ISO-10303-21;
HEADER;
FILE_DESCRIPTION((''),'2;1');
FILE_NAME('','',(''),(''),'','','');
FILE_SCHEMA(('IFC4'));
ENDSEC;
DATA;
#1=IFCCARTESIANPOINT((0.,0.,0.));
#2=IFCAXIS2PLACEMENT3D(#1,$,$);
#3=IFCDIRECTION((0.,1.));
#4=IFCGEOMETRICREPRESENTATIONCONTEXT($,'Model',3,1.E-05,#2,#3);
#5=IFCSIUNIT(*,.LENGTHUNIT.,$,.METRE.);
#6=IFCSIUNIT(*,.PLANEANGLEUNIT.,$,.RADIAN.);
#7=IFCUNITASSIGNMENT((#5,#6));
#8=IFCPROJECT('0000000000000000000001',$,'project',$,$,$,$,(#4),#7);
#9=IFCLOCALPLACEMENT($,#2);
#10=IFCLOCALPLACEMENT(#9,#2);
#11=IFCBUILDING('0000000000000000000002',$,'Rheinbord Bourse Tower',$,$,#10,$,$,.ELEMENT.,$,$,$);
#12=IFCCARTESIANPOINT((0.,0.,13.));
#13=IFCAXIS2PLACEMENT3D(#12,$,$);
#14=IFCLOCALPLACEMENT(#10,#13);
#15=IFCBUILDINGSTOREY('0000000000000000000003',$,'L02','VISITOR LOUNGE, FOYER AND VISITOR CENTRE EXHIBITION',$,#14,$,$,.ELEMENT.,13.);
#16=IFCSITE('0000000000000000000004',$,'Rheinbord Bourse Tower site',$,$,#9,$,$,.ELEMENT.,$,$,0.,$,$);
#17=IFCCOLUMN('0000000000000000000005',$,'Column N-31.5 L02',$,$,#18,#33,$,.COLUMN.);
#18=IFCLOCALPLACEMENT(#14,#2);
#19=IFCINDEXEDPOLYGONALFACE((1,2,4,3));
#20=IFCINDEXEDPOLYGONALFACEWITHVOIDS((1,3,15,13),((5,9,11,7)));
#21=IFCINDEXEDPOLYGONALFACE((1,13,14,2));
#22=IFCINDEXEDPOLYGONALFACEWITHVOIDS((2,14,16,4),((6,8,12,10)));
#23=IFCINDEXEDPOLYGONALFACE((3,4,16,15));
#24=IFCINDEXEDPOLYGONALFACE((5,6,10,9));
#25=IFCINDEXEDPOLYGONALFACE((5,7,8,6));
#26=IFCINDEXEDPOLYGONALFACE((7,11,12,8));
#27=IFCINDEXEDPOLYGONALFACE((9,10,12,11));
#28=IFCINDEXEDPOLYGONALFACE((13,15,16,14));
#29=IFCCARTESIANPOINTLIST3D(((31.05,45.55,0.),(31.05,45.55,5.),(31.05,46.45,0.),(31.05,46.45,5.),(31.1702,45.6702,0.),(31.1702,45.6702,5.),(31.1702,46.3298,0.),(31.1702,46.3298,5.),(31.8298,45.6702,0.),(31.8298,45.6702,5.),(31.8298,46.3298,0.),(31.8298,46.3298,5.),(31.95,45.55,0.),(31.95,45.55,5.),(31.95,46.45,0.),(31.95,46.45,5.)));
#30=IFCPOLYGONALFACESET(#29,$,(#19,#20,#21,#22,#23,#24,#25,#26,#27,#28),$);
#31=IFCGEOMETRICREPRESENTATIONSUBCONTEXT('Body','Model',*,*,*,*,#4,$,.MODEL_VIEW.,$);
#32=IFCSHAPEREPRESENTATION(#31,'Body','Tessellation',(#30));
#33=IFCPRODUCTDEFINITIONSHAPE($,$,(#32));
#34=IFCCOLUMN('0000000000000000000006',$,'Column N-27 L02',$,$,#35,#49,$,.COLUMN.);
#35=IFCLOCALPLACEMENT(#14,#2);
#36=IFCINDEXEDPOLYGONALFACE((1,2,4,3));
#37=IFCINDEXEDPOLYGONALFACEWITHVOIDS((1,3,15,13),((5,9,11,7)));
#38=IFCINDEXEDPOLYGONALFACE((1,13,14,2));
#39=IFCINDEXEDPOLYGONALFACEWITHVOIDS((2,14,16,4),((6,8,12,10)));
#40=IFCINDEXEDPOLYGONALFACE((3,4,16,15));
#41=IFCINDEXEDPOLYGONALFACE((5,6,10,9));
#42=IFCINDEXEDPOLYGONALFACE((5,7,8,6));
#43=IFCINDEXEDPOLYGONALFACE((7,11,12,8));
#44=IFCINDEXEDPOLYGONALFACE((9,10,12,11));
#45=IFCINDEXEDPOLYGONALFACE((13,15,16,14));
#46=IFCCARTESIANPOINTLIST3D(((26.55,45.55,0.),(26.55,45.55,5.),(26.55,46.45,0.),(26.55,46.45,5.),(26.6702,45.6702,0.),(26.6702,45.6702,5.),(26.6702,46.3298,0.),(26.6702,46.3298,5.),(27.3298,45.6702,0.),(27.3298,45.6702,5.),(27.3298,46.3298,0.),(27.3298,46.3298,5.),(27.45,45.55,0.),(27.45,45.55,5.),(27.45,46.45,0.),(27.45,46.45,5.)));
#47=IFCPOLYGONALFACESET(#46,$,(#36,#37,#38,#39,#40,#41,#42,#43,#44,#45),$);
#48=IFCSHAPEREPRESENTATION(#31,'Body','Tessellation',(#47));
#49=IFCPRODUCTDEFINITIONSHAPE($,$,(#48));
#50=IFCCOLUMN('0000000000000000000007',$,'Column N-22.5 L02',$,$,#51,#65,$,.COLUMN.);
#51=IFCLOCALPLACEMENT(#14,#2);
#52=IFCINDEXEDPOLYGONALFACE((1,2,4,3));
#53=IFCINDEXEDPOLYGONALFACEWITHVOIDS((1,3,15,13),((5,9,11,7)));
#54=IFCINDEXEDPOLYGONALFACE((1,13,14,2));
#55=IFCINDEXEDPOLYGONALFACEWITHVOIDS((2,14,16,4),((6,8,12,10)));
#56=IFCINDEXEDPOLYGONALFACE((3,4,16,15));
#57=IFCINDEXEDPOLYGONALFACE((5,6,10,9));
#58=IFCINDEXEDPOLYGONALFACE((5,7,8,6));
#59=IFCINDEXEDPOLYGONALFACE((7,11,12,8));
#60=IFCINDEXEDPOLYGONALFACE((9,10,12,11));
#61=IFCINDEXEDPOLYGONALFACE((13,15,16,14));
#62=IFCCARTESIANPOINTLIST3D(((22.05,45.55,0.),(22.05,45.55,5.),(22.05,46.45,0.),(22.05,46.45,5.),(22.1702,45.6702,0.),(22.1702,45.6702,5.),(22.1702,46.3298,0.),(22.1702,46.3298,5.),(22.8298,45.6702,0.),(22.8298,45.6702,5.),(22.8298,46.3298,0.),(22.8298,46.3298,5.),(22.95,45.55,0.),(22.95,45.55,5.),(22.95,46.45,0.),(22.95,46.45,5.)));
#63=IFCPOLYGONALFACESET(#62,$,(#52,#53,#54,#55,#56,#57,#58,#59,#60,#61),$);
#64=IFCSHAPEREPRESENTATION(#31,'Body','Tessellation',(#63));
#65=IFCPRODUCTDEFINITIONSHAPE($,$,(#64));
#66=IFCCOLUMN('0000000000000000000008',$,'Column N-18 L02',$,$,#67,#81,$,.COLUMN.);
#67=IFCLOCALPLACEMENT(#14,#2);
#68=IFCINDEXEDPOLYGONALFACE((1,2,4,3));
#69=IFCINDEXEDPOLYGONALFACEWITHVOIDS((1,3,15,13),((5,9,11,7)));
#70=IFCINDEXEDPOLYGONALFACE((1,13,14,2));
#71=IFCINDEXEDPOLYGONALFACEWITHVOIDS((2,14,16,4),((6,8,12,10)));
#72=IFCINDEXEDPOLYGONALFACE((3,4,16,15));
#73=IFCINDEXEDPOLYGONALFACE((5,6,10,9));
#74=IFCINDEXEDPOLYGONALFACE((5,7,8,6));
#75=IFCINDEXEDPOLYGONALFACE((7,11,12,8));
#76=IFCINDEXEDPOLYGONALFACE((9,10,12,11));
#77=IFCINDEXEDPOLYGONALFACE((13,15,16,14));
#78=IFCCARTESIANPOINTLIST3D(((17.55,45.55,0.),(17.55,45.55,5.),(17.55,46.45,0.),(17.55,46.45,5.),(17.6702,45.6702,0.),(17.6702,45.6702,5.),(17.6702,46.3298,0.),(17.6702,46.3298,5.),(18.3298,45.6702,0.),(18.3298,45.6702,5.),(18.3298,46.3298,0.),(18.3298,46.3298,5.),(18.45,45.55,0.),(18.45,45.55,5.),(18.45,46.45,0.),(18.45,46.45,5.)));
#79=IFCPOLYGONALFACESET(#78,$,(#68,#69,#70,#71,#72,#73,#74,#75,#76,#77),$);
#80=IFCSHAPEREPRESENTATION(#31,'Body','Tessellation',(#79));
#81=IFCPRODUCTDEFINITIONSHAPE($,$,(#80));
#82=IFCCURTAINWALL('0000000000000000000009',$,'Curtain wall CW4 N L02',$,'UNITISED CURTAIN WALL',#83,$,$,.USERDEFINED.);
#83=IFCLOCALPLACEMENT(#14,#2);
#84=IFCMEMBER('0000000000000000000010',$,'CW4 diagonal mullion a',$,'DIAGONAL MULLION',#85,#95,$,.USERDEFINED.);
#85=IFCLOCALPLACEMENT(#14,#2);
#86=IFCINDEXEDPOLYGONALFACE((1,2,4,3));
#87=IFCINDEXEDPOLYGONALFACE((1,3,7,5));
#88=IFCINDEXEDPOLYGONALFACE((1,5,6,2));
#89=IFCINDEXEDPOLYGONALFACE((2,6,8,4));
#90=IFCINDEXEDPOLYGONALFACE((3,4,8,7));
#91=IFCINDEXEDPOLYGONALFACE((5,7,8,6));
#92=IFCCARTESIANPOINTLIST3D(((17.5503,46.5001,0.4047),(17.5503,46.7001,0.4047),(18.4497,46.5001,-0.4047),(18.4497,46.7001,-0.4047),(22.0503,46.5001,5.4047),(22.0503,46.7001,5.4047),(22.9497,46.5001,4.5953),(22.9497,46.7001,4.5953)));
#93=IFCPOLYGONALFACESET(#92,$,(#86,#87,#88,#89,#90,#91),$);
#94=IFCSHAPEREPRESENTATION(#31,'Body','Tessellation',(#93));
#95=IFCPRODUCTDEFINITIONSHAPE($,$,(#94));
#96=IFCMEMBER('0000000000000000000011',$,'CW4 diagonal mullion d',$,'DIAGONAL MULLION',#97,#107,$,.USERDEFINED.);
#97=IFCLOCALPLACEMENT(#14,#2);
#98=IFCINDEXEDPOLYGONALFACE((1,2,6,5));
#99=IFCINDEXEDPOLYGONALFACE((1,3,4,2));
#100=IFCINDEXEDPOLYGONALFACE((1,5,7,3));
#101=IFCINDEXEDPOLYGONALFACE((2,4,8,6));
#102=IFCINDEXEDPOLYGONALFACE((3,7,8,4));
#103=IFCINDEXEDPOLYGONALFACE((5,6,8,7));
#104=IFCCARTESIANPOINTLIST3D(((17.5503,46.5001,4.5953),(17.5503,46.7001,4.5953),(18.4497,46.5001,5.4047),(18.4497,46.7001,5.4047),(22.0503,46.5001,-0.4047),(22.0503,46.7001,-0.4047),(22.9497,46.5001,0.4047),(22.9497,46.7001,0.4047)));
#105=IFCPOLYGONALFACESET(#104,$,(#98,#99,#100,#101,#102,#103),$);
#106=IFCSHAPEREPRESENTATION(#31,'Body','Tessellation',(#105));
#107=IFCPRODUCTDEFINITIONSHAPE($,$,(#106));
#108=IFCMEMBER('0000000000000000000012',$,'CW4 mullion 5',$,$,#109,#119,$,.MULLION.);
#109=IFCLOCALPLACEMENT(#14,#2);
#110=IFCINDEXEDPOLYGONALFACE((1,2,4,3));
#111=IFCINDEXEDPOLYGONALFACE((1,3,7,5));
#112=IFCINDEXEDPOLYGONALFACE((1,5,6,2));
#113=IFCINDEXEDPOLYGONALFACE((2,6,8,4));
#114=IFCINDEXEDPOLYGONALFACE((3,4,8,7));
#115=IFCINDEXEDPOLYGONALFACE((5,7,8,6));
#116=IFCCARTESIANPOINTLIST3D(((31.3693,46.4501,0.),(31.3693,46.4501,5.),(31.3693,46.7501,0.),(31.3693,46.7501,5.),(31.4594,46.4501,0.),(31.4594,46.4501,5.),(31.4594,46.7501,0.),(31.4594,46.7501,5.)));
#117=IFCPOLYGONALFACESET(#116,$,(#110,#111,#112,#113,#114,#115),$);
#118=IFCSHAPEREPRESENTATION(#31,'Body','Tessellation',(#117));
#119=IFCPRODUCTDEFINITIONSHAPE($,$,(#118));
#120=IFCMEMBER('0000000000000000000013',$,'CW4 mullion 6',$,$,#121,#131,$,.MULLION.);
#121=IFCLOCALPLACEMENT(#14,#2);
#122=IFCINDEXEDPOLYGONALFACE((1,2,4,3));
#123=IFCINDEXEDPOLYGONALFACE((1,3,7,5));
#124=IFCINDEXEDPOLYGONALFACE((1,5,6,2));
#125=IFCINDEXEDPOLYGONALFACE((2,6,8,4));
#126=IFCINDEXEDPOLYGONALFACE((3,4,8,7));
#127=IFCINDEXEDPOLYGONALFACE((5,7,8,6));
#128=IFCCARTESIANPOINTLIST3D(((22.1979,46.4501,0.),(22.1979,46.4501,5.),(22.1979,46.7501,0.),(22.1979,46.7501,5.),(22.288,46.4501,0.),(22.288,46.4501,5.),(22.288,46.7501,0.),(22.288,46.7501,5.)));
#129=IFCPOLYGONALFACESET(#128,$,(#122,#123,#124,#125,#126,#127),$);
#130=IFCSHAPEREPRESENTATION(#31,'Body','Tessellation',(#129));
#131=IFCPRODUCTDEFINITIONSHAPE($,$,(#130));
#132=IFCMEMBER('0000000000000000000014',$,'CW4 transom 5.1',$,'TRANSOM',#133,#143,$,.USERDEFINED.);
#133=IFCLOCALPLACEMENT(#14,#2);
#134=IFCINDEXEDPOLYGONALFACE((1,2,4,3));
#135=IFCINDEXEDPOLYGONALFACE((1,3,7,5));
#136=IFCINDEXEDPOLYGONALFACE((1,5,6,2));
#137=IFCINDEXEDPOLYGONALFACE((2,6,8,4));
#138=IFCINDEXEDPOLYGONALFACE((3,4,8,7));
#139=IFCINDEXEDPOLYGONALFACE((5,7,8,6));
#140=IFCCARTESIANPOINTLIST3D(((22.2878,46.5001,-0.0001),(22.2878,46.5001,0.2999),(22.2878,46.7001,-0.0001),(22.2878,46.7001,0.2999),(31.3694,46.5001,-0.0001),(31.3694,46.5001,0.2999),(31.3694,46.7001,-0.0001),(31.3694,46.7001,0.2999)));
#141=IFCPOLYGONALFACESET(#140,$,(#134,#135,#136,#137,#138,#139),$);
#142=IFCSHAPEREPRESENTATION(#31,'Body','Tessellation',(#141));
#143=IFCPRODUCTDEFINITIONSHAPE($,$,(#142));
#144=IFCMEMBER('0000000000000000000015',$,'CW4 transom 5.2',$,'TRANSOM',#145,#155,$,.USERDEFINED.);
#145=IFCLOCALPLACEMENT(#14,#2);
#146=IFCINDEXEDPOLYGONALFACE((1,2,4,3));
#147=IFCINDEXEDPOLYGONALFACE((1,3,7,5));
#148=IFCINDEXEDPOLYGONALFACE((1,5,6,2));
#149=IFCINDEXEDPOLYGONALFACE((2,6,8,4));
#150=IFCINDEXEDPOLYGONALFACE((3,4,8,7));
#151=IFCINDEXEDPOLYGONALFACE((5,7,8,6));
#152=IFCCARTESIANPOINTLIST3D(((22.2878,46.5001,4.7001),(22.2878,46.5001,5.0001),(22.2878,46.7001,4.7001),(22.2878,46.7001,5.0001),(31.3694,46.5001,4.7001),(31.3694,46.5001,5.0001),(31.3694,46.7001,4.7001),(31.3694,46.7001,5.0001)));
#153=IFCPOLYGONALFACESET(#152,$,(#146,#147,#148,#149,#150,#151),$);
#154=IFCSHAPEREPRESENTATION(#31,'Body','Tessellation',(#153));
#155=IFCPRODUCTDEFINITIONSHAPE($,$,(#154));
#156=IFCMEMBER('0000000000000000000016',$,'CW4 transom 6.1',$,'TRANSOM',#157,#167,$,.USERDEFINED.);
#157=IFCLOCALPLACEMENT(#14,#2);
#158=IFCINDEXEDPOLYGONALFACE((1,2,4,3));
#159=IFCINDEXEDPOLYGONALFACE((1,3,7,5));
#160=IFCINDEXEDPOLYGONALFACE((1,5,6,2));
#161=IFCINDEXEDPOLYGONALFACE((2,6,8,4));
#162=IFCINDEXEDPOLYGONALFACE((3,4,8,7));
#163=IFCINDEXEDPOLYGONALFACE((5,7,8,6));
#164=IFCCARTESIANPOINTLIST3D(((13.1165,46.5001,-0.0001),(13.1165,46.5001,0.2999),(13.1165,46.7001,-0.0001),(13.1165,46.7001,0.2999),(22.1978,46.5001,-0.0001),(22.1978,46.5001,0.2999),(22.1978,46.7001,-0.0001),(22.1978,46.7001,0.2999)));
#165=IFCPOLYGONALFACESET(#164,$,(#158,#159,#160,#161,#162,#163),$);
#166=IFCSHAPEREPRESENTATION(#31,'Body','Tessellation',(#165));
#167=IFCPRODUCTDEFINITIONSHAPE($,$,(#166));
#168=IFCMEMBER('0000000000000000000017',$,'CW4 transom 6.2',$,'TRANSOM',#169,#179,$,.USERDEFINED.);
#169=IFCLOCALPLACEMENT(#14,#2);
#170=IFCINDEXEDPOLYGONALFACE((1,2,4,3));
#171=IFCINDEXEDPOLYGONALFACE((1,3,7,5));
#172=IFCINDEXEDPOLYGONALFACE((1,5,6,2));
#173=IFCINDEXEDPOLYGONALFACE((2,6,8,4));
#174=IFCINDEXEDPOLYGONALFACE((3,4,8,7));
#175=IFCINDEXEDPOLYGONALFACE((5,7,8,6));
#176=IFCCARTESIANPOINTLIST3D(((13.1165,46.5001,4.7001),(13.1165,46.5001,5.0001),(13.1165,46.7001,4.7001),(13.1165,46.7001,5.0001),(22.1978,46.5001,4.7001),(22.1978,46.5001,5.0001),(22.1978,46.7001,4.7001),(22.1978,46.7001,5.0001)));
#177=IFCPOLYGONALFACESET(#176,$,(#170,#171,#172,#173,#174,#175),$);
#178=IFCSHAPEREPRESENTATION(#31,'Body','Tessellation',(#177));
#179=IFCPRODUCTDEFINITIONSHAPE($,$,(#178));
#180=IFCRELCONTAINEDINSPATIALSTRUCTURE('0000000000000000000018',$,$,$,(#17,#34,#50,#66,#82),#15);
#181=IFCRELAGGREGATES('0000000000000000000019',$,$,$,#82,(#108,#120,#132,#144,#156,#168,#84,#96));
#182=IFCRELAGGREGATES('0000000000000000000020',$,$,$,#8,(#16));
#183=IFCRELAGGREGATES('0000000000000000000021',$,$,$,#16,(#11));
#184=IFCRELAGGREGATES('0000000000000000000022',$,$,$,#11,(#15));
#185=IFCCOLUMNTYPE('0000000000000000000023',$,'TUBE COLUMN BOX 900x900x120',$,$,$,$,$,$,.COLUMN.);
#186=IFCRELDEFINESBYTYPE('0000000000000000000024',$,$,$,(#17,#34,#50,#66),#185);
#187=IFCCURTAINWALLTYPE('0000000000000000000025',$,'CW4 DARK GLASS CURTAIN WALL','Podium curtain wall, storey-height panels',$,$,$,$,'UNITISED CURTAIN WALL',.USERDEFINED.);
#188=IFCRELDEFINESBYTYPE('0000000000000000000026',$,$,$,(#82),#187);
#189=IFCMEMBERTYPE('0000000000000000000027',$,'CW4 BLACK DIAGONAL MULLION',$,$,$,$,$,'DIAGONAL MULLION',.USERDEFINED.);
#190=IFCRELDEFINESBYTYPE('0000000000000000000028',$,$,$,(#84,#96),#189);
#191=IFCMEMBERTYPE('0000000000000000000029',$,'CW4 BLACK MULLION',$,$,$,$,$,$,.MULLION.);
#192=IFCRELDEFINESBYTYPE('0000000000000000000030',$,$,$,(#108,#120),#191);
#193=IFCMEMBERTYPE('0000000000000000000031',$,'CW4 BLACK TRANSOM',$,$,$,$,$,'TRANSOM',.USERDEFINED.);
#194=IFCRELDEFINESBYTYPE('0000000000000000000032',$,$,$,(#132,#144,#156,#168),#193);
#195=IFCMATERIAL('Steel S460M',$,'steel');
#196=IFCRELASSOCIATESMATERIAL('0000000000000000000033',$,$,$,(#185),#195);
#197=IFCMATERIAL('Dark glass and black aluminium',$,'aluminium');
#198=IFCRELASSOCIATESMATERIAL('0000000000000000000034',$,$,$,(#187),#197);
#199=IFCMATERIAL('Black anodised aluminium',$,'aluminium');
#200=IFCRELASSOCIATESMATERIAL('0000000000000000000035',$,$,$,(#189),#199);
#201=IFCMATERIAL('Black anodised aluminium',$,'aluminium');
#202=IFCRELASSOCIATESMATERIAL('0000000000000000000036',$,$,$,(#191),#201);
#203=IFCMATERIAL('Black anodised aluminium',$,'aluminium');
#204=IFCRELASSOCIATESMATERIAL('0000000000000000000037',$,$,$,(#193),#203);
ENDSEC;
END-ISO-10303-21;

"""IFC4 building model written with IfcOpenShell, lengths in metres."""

from ifc_helpers import new_model, si_unit, direction, frame, origin, origin_2d, place, context, subcontext, project, spatial, rectangle, hollow_rectangle, extrude, material, material_profile, profile_set, type_object, element, aggregate, save


model = new_model("IFC4")

# Units and contexts
model_context = context("Model", 3, precision=1e-05, world=origin(), true_north=direction((0.0, 1.0)))
body_context = subcontext(model_context, "Body", "Model", "MODEL_VIEW")
ifc_project = project(units=[si_unit("LENGTHUNIT", "METRE"), si_unit("PLANEANGLEUNIT", "RADIAN")], contexts=[model_context])

# Site, building, storey
site_placement = place(None, origin())
site = spatial("IfcSite", under=ifc_project, at=site_placement, Name="Rheinbord Bourse Tower site", CompositionType="ELEMENT", RefElevation=0.0)
building_placement = place(site_placement, origin())
building = spatial("IfcBuilding", under=site, at=building_placement, Name="Rheinbord Bourse Tower", CompositionType="ELEMENT")
storey_placement = place(building_placement, frame((0.0, 0.0, 13.0)))
storey = spatial("IfcBuildingStorey", under=building, at=storey_placement, Name="L02", Description="VISITOR LOUNGE, FOYER AND VISITOR CENTRE EXHIBITION", CompositionType="ELEMENT", Elevation=13.0)

# Columns
ifc_material_1 = material(Name="Steel S460M", Category="steel")
ifc_material_profile_1 = material_profile(ifc_material_1, hollow_rectangle(XDim=0.8999, YDim=0.8999, WallThickness=0.1201, at=origin_2d()), Name="BOX 900x900x120")
ifc_profile_set_1 = profile_set([ifc_material_profile_1], Name="Steel S460M")
column_type = type_object("IfcColumnType", Name="TUBE COLUMN BOX 900x900x120", PredefinedType="COLUMN", material=ifc_profile_set_1)
for number, where, z_axis, x_axis, name in (
    (1, (31.5, 46.0, 0.0), (0.0, 0.0, 1.0), (0.0, 1.0, 0.0), "Column N-31.5 L02"),
    (2, (27.0, 46.0, 0.0), (0.0, 0.0, 1.0), (0.0, 1.0, 0.0), "Column N-27 L02"),
    (3, (22.5, 46.0, 0.0), (0.0, 0.0, 1.0), (0.0, 1.0, 0.0), "Column N-22.5 L02"),
    (4, (18.0, 46.0, 0.0), (0.0, 0.0, 1.0), (0.0, 1.0, 0.0), "Column N-18 L02"),
):
    element("IfcColumn", number, at=place(storey_placement, frame(where, z_axis=z_axis, x_axis=x_axis)), inside=storey, type_object=column_type, Name=name, PredefinedType="COLUMN", context=body_context, shape_type="SweptSolid", body=[
        extrude(hollow_rectangle(XDim=0.8999, YDim=0.8999, WallThickness=0.1201, at=origin_2d()), origin(), (0.0, 0.0, 1.0), 5.0),
    ])

# Curtain wall, members
ifc_material_2 = material(Name="Dark glass and black aluminium", Category="aluminium")
curtain_wall_type = type_object("IfcCurtainWallType", Name="CW4 DARK GLASS CURTAIN WALL", Description="Podium curtain wall, storey-height panels", ElementType="UNITISED CURTAIN WALL", PredefinedType="USERDEFINED", material=ifc_material_2)
curtain_wall_placement = place(storey_placement, origin())
curtain_wall = element("IfcCurtainWall", 5, at=curtain_wall_placement, inside=storey, type_object=curtain_wall_type, Name="Curtain wall CW4 N L02", ObjectType="UNITISED CURTAIN WALL", PredefinedType="USERDEFINED")
ifc_material_3 = material(Name="Black anodised aluminium", Category="aluminium")
ifc_material_profile_2 = material_profile(ifc_material_3, rectangle(XDim=0.2, YDim=1.21, at=origin_2d()), Name="CW4 DIAGONAL MULLION 1210x200")
ifc_profile_set_2 = profile_set([ifc_material_profile_2], Name="Black anodised aluminium")
member_type_1 = type_object("IfcMemberType", Name="CW4 BLACK DIAGONAL MULLION", ElementType="DIAGONAL MULLION", PredefinedType="USERDEFINED", material=ifc_profile_set_2)
member_1_placement = place(storey_placement, frame((18.0, 46.6001, 0.0), z_axis=(0.668965, 0.0, 0.743294), x_axis=(0.0, 1.0, 0.0)))
member_1 = element("IfcMember", 6, at=member_1_placement, type_object=member_type_1, Name="CW4 diagonal mullion a", ObjectType="DIAGONAL MULLION", PredefinedType="USERDEFINED", context=body_context, shape_type="SweptSolid", body=[
    extrude(rectangle(XDim=0.2, YDim=1.21, at=origin_2d()), origin(), (0.0, 0.0, 1.0), 6.7268),
])
member_2_placement = place(storey_placement, frame((22.5, 46.6001, 0.0), z_axis=(-0.668965, 0.0, 0.743294), x_axis=(0.0, -1.0, 0.0)))
member_2 = element("IfcMember", 7, at=member_2_placement, type_object=member_type_1, Name="CW4 diagonal mullion d", ObjectType="DIAGONAL MULLION", PredefinedType="USERDEFINED", context=body_context, shape_type="SweptSolid", body=[
    extrude(rectangle(XDim=0.2, YDim=1.21, at=origin_2d()), origin(), (0.0, 0.0, 1.0), 6.7268),
])
ifc_material_4 = material(Name="Black anodised aluminium", Category="aluminium")
ifc_material_profile_3 = material_profile(ifc_material_4, rectangle(XDim=0.3, YDim=0.0901, at=origin_2d()), Name="CW4 MULLION 90x300")
ifc_profile_set_3 = profile_set([ifc_material_profile_3], Name="Black anodised aluminium")
member_type_2 = type_object("IfcMemberType", Name="CW4 BLACK MULLION", PredefinedType="MULLION", material=ifc_profile_set_3)
member_3_placement = place(storey_placement, frame((31.4143, 46.6001, 0.0), z_axis=(0.0, 0.0, 1.0), x_axis=(0.0, -1.0, 0.0)))
member_3 = element("IfcMember", 8, at=member_3_placement, type_object=member_type_2, Name="CW4 mullion 5", PredefinedType="MULLION", context=body_context, shape_type="SweptSolid", body=[
    extrude(rectangle(XDim=0.3, YDim=0.0901, at=origin_2d()), origin(), (0.0, 0.0, 1.0), 5.0),
])
member_4_placement = place(storey_placement, frame((22.2429, 46.6001, 0.0), z_axis=(0.0, 0.0, 1.0), x_axis=(0.0, -1.0, 0.0)))
member_4 = element("IfcMember", 9, at=member_4_placement, type_object=member_type_2, Name="CW4 mullion 6", PredefinedType="MULLION", context=body_context, shape_type="SweptSolid", body=[
    extrude(rectangle(XDim=0.3, YDim=0.0901, at=origin_2d()), origin(), (0.0, 0.0, 1.0), 5.0),
])
ifc_material_5 = material(Name="Black anodised aluminium", Category="aluminium")
ifc_material_profile_4 = material_profile(ifc_material_5, rectangle(XDim=0.2, YDim=0.3, at=origin_2d()), Name="CW4 TRANSOM 300x200")
ifc_profile_set_4 = profile_set([ifc_material_profile_4], Name="Black anodised aluminium")
member_type_3 = type_object("IfcMemberType", Name="CW4 BLACK TRANSOM", ElementType="TRANSOM", PredefinedType="USERDEFINED", material=ifc_profile_set_4)
member_5_placement = place(storey_placement, frame((31.3694, 46.6001, 0.1499), z_axis=(-1.0, 0.0, 0.0), x_axis=(0.0, -1.0, 0.0)))
member_5 = element("IfcMember", 10, at=member_5_placement, type_object=member_type_3, Name="CW4 transom 5.1", ObjectType="TRANSOM", PredefinedType="USERDEFINED", context=body_context, shape_type="SweptSolid", body=[
    extrude(rectangle(XDim=0.2, YDim=0.3, at=origin_2d()), origin(), (0.0, 0.0, 1.0), 9.0815),
])
member_6_placement = place(storey_placement, frame((31.3694, 46.6001, 4.8501), z_axis=(-1.0, 0.0, 0.0), x_axis=(0.0, -1.0, 0.0)))
member_6 = element("IfcMember", 11, at=member_6_placement, type_object=member_type_3, Name="CW4 transom 5.2", ObjectType="TRANSOM", PredefinedType="USERDEFINED", context=body_context, shape_type="SweptSolid", body=[
    extrude(rectangle(XDim=0.2, YDim=0.3, at=origin_2d()), origin(), (0.0, 0.0, 1.0), 9.0815),
])
member_7_placement = place(storey_placement, frame((22.1978, 46.6001, 0.1499), z_axis=(-1.0, 0.0, 0.0), x_axis=(0.0, -1.0, 0.0)))
member_7 = element("IfcMember", 12, at=member_7_placement, type_object=member_type_3, Name="CW4 transom 6.1", ObjectType="TRANSOM", PredefinedType="USERDEFINED", context=body_context, shape_type="SweptSolid", body=[
    extrude(rectangle(XDim=0.2, YDim=0.3, at=origin_2d()), origin(), (0.0, 0.0, 1.0), 9.0813),
])
member_8_placement = place(storey_placement, frame((22.1978, 46.6001, 4.8501), z_axis=(-1.0, 0.0, 0.0), x_axis=(0.0, -1.0, 0.0)))
member_8 = element("IfcMember", 13, at=member_8_placement, type_object=member_type_3, Name="CW4 transom 6.2", ObjectType="TRANSOM", PredefinedType="USERDEFINED", context=body_context, shape_type="SweptSolid", body=[
    extrude(rectangle(XDim=0.2, YDim=0.3, at=origin_2d()), origin(), (0.0, 0.0, 1.0), 9.0813),
])

aggregate(curtain_wall, [member_3, member_4, member_5, member_6, member_7, member_8, member_1, member_2])

save(model, "model.ifc")
